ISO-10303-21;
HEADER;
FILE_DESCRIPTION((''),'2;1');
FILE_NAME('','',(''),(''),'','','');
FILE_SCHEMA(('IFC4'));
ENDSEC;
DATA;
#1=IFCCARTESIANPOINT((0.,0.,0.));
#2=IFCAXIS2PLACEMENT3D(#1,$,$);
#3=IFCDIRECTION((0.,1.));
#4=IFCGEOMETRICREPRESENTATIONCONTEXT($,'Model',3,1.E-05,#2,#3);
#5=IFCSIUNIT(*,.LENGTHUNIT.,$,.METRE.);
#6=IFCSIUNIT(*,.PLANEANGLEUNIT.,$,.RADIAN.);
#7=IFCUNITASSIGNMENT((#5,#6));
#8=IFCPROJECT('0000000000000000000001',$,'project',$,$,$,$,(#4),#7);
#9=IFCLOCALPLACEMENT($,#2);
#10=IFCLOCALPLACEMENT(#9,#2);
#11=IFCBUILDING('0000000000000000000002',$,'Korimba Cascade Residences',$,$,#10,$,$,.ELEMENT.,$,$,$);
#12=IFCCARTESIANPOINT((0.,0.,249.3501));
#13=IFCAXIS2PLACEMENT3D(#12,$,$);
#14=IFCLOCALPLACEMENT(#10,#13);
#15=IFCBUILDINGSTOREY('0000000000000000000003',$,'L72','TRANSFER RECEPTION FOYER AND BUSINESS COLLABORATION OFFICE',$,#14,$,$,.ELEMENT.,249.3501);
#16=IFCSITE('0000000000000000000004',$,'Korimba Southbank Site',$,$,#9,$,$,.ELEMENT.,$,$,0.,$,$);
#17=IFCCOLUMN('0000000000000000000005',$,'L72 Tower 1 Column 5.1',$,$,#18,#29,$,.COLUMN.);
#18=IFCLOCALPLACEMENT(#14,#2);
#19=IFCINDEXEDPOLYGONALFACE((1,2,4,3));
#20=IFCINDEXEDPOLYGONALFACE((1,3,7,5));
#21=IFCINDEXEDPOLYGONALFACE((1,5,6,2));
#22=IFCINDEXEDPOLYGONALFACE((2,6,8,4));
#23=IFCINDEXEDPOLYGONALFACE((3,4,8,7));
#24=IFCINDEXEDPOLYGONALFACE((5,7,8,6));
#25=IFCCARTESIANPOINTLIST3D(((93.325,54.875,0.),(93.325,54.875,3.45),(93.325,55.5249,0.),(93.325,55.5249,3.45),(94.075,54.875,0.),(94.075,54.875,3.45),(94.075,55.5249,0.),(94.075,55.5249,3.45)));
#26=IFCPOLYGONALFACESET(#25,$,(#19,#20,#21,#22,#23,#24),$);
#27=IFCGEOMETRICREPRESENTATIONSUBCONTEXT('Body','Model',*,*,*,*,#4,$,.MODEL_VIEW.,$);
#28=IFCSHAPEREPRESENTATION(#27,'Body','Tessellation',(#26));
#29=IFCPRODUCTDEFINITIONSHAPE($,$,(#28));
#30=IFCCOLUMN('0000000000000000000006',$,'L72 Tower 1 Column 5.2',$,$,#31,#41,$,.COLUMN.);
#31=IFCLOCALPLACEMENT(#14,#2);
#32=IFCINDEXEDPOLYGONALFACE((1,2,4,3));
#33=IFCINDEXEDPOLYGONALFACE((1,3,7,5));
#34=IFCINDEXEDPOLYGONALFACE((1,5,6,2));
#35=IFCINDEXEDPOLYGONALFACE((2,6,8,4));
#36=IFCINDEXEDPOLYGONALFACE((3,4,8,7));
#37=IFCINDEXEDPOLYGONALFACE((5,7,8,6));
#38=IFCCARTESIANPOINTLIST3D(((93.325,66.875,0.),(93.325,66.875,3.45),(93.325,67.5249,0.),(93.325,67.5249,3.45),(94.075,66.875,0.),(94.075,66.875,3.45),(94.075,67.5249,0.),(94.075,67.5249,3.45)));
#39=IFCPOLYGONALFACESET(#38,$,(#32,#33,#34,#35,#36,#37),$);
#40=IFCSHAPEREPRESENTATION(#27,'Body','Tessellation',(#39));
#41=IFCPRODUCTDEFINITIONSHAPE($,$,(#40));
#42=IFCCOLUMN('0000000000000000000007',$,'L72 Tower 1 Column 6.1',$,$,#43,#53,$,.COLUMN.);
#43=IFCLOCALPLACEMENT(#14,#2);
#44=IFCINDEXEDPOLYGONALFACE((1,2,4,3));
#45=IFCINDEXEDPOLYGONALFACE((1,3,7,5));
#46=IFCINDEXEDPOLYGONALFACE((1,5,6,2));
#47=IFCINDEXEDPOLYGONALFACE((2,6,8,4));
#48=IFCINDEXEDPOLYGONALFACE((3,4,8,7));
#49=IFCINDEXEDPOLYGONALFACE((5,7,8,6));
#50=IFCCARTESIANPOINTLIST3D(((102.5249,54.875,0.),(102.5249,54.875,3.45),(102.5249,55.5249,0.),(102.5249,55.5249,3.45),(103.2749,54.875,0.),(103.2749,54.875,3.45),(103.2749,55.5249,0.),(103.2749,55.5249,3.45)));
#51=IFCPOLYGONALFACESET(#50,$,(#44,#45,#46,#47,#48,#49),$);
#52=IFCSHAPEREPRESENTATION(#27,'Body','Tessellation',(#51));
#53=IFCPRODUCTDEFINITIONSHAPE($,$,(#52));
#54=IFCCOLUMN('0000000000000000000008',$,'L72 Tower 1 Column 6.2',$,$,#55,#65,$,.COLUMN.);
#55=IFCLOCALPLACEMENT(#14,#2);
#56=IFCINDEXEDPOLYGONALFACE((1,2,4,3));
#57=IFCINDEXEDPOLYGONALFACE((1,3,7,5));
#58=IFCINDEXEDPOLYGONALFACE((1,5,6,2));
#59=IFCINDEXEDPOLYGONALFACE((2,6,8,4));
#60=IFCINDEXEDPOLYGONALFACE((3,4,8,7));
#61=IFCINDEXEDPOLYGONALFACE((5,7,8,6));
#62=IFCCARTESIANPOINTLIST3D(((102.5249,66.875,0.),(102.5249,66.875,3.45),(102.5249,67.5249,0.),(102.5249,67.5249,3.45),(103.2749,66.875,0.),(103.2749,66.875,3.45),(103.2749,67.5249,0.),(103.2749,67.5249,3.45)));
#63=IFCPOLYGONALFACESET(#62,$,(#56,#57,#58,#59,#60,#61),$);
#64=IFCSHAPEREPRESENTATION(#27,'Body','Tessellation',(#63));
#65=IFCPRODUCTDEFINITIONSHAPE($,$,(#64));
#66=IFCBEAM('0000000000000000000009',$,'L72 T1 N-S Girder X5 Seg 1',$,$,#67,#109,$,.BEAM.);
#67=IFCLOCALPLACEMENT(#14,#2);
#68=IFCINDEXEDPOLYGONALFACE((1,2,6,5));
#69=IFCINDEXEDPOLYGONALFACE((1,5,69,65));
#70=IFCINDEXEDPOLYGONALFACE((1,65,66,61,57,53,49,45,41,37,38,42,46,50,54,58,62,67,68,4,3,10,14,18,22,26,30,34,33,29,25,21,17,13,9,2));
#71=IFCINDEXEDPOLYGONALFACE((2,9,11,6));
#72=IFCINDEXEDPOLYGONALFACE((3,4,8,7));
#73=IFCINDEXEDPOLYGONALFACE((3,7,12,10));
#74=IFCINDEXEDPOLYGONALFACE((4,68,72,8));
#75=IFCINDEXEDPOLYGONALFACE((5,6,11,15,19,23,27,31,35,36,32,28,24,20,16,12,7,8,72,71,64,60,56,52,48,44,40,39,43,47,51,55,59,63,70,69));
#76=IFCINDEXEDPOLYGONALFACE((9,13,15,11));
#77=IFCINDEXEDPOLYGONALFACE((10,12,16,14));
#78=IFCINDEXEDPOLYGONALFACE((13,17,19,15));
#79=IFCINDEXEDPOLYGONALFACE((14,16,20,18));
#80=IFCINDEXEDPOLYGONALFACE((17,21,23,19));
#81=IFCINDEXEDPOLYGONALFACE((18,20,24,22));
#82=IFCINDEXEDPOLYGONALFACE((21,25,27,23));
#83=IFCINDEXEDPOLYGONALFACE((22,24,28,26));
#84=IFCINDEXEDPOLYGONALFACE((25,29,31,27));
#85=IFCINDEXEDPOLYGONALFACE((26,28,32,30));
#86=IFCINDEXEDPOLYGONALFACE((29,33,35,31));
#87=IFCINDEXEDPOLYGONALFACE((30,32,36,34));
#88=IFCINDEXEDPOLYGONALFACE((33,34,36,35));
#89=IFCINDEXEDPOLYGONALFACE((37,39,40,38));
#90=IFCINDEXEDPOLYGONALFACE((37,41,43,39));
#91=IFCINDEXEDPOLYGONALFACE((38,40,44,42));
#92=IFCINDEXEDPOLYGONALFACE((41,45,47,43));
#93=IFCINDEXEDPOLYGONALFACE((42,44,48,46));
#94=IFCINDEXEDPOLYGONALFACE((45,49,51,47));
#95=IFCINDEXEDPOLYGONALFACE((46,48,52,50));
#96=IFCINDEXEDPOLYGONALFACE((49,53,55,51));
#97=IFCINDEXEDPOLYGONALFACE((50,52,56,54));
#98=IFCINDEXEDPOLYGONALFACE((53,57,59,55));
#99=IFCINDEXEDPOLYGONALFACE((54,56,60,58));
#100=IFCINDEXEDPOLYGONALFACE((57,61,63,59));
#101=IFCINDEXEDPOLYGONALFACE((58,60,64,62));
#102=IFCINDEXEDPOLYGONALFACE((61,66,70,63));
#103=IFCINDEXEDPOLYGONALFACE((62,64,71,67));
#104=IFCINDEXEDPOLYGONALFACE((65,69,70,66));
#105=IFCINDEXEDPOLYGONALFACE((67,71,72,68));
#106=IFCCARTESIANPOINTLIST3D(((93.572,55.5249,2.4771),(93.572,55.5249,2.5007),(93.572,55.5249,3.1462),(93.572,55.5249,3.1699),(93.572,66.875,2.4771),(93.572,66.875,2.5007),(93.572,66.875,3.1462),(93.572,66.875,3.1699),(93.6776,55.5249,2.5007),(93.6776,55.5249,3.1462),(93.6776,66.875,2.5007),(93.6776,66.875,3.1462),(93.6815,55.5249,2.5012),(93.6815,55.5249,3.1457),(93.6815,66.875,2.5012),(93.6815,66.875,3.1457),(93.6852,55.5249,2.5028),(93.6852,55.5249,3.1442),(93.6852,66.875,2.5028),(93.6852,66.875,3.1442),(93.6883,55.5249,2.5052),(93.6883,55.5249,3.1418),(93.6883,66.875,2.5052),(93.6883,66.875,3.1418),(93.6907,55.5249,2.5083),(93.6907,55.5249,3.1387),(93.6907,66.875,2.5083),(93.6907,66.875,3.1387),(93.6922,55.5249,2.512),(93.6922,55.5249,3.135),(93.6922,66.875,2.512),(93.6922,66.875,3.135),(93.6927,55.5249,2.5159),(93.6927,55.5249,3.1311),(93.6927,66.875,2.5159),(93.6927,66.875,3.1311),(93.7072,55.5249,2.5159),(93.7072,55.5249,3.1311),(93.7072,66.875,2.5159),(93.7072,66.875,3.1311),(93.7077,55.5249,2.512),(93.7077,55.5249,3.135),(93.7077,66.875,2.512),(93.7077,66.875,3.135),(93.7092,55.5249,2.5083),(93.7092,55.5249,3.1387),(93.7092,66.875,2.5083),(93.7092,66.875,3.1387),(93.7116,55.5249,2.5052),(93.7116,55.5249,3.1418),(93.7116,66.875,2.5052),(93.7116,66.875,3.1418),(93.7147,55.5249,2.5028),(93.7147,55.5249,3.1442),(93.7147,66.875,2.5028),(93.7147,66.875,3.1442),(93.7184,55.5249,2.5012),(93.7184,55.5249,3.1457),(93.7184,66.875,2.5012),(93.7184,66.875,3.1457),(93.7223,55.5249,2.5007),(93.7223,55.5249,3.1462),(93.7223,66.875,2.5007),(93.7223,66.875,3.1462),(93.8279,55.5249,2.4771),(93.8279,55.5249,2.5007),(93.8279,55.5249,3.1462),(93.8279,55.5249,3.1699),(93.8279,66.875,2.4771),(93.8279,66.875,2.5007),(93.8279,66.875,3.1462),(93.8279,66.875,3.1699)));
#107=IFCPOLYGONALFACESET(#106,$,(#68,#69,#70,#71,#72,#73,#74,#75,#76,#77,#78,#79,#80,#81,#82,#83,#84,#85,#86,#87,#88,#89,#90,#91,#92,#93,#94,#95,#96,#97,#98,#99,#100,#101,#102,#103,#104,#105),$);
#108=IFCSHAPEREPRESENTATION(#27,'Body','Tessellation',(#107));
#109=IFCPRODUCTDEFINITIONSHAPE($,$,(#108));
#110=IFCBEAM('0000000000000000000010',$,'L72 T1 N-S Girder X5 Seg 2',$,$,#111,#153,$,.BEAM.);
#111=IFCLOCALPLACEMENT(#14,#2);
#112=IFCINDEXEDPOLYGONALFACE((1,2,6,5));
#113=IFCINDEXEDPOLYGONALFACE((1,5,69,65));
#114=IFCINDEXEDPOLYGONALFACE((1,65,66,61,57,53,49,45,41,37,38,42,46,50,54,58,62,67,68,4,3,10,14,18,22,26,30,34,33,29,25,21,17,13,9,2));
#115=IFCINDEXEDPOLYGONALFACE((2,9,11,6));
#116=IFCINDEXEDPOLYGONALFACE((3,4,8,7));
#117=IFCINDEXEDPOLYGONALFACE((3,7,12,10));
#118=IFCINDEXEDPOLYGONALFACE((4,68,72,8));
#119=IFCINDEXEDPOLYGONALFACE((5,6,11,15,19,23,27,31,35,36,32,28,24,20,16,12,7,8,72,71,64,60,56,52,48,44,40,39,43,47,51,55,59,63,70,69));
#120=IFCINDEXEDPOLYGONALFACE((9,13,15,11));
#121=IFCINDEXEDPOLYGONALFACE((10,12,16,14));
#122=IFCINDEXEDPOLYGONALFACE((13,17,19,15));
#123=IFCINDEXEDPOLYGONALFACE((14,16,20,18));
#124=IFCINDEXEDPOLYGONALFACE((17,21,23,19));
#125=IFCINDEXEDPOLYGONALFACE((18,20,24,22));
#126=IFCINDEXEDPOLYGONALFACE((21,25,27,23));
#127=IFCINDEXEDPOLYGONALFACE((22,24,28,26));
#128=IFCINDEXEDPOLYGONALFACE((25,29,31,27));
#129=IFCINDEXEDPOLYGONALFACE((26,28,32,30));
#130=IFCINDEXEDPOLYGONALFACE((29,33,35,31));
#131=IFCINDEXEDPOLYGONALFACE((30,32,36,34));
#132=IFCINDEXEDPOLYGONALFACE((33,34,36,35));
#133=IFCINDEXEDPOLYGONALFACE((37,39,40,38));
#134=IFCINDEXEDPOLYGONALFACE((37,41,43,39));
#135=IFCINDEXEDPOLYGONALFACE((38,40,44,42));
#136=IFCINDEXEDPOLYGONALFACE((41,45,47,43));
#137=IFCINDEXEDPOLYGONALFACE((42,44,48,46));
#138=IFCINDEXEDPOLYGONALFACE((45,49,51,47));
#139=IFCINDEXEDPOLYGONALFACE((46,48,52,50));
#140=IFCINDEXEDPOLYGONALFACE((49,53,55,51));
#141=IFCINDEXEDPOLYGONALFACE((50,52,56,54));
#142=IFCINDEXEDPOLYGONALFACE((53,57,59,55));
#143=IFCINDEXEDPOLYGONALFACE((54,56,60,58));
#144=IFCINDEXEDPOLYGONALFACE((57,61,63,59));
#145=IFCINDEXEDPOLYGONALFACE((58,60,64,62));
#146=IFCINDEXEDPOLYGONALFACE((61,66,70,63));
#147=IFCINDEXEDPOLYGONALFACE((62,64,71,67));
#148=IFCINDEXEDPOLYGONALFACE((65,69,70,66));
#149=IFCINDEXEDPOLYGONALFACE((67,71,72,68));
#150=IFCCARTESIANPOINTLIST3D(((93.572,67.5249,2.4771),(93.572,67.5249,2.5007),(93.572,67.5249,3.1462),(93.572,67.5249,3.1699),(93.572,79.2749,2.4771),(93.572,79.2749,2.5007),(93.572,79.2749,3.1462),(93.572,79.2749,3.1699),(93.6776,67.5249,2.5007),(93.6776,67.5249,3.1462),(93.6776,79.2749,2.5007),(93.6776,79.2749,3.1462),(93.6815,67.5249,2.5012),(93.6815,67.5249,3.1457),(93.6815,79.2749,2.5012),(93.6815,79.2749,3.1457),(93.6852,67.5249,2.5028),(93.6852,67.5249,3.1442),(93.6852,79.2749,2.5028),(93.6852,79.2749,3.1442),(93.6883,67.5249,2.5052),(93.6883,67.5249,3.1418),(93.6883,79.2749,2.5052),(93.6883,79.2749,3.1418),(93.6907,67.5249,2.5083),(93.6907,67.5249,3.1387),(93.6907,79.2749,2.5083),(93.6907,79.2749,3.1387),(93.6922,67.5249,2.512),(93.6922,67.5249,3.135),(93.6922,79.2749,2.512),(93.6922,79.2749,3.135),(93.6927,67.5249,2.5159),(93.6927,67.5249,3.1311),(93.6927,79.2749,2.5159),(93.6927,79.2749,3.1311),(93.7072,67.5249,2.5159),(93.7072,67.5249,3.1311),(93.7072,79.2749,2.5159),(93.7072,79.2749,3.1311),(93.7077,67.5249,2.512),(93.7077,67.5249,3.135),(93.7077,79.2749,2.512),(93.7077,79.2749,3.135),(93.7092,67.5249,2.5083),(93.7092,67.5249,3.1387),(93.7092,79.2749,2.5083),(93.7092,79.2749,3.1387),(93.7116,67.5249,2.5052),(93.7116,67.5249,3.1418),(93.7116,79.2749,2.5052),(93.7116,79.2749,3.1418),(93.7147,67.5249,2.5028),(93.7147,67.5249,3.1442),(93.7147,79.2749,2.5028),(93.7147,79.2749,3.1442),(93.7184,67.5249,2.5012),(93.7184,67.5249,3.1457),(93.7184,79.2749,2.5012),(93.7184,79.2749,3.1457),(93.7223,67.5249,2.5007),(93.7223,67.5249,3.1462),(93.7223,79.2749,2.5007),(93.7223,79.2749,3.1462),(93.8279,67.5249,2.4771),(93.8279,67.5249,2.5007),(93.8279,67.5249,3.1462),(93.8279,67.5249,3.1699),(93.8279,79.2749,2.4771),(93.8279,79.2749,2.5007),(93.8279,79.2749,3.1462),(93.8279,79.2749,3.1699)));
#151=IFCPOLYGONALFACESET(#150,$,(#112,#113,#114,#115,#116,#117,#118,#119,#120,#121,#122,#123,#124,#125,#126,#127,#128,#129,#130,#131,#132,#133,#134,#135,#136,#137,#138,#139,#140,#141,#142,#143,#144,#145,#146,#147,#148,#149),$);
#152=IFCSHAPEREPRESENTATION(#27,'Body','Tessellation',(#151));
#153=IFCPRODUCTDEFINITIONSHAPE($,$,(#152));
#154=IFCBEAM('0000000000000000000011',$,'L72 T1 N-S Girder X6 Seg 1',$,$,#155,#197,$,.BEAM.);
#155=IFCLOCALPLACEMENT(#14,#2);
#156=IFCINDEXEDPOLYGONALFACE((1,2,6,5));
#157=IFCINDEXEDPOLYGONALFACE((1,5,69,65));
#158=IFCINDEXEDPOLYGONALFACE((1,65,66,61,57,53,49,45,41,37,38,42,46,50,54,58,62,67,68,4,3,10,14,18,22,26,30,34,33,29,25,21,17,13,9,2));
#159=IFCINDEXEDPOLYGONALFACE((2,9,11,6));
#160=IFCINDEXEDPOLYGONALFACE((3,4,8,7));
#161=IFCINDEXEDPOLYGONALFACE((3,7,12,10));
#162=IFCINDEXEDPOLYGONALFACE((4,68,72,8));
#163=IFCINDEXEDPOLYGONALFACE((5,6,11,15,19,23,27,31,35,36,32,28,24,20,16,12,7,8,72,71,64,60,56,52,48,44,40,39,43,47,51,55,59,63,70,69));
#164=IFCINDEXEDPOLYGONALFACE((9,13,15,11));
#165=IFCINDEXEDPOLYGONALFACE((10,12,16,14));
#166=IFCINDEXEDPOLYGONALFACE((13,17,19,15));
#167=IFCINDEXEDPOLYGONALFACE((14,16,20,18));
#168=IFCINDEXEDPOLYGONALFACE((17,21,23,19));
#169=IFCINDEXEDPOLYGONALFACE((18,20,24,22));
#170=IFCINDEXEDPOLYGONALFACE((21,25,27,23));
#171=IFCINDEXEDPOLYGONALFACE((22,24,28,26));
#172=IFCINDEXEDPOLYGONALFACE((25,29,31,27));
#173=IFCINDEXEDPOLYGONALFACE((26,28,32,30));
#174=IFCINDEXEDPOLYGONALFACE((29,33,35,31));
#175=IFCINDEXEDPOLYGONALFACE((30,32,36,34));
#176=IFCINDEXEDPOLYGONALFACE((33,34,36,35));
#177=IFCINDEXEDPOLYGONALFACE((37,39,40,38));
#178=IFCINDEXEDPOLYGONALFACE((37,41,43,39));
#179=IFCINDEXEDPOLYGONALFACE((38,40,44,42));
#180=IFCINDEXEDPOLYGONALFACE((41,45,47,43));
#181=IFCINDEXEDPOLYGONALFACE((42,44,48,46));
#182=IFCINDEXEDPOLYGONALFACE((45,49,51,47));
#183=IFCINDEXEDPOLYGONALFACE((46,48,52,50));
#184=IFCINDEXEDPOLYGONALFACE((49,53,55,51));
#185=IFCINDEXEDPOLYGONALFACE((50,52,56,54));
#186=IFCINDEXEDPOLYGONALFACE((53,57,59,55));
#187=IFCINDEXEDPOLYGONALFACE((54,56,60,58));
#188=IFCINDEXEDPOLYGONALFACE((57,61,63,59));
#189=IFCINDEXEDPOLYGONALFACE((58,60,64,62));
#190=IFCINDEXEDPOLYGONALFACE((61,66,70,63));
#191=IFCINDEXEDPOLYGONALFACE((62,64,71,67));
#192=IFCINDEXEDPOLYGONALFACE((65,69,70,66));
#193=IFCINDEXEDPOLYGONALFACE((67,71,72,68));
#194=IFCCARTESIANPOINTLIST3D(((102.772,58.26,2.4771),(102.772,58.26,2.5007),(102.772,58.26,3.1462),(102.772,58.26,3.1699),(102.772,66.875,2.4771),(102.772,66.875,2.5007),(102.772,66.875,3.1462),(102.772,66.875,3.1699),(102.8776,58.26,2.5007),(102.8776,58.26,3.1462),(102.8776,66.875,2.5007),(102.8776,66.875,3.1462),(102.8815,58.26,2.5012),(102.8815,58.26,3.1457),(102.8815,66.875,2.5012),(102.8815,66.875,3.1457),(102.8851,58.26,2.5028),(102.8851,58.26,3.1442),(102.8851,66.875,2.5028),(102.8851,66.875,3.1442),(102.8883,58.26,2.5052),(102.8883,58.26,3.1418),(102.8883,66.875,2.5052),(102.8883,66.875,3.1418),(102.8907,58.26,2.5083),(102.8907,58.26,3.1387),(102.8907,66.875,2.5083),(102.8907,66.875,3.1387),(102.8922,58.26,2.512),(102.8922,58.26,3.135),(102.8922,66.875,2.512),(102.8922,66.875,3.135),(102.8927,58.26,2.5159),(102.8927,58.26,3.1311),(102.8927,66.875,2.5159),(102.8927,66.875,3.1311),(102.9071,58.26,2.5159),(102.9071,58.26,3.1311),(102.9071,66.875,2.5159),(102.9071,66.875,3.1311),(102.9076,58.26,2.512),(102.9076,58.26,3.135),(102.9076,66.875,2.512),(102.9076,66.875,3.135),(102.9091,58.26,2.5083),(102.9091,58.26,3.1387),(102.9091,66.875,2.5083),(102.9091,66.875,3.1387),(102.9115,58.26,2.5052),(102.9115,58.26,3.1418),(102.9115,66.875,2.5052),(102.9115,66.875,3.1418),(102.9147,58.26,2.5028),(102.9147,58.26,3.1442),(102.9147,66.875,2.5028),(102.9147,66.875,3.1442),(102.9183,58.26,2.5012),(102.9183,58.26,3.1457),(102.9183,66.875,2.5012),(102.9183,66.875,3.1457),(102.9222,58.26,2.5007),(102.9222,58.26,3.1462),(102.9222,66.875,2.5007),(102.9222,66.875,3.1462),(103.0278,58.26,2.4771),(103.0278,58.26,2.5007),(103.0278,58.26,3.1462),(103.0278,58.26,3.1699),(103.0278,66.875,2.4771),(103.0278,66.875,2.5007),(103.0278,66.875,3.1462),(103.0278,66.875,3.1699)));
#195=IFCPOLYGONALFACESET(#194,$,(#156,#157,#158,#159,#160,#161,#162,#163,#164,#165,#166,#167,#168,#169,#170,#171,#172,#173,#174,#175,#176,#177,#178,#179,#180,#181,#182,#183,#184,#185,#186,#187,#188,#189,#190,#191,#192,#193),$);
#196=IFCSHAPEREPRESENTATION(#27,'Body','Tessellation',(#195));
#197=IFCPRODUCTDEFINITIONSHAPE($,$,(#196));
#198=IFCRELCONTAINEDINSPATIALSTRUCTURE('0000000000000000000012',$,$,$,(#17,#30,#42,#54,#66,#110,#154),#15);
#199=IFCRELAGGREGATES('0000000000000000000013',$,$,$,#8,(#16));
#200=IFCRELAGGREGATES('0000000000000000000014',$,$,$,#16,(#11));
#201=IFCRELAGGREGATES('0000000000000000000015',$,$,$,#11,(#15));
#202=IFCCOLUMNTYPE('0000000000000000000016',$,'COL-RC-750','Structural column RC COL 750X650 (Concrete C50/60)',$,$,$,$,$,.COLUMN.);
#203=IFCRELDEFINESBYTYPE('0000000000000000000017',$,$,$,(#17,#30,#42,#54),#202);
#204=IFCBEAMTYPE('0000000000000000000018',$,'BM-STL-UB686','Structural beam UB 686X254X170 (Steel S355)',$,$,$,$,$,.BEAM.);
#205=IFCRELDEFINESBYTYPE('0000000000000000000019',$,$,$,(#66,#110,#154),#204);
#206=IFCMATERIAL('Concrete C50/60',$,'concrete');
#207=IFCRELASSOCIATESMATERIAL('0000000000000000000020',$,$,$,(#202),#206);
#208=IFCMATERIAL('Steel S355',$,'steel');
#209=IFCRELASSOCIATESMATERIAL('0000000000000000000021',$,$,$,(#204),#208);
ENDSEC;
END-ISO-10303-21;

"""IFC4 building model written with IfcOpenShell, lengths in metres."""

from ifc_helpers import new_model, si_unit, direction, frame, origin, origin_2d, place, context, subcontext, project, spatial, rectangle, i_section, extrude, material, material_profile, profile_set, type_object, element, save


model = new_model("IFC4")

# Units and contexts
model_context = context("Model", 3, precision=1e-05, world=origin(), true_north=direction((0.0, 1.0)))
body_context = subcontext(model_context, "Body", "Model", "MODEL_VIEW")
ifc_project = project(units=[si_unit("LENGTHUNIT", "METRE"), si_unit("PLANEANGLEUNIT", "RADIAN")], contexts=[model_context])

# Site, building, storey
site_placement = place(None, origin())
site = spatial("IfcSite", under=ifc_project, at=site_placement, Name="Korimba Southbank Site", CompositionType="ELEMENT", RefElevation=0.0)
building_placement = place(site_placement, origin())
building = spatial("IfcBuilding", under=site, at=building_placement, Name="Korimba Cascade Residences", CompositionType="ELEMENT")
storey_placement = place(building_placement, frame((0.0, 0.0, 249.3501)))
storey = spatial("IfcBuildingStorey", under=building, at=storey_placement, Name="L72", Description="TRANSFER RECEPTION FOYER AND BUSINESS COLLABORATION OFFICE", CompositionType="ELEMENT", Elevation=249.3501)

# Columns
ifc_material_1 = material(Name="Concrete C50/60", Category="concrete")
ifc_material_profile_1 = material_profile(ifc_material_1, rectangle(XDim=0.75, YDim=0.6499, at=origin_2d()), Name="Concrete C50/60")
ifc_profile_set_1 = profile_set([ifc_material_profile_1], Name="Concrete C50/60")
column_type = type_object("IfcColumnType", Name="COL-RC-750", Description="Structural column RC COL 750X650 (Concrete C50/60)", PredefinedType="COLUMN", material=ifc_profile_set_1)
for number, where, z_axis, x_axis, name in (
    (1, (93.7, 55.2, 0.0), (0.0, 0.0, 1.0), (1.0, 0.0, 0.0), "L72 Tower 1 Column 5.1"),
    (2, (93.7, 67.2, 0.0), (0.0, 0.0, 1.0), (1.0, 0.0, 0.0), "L72 Tower 1 Column 5.2"),
    (3, (102.8999, 55.2, 0.0), (0.0, 0.0, 1.0), (1.0, 0.0, 0.0), "L72 Tower 1 Column 6.1"),
    (4, (102.8999, 67.2, 0.0), (0.0, 0.0, 1.0), (1.0, 0.0, 0.0), "L72 Tower 1 Column 6.2"),
):
    element("IfcColumn", number, at=place(storey_placement, frame(where, z_axis=z_axis, x_axis=x_axis)), inside=storey, type_object=column_type, Name=name, PredefinedType="COLUMN", context=body_context, shape_type="SweptSolid", body=[
        extrude(rectangle(XDim=0.75, YDim=0.6499, at=origin_2d()), origin(), (0.0, 0.0, 1.0), 3.45),
    ])

# Beams
ifc_material_2 = material(Name="Steel S355", Category="steel")
ifc_material_profile_2 = material_profile(ifc_material_2, i_section(OverallWidth=0.2559, OverallDepth=0.6929, WebThickness=0.0144, FlangeThickness=0.0237, FilletRadius=0.0151, at=origin_2d()), Name="Steel S355")
ifc_profile_set_2 = profile_set([ifc_material_profile_2], Name="Steel S355")
beam_type = type_object("IfcBeamType", Name="BM-STL-UB686", Description="Structural beam UB 686X254X170 (Steel S355)", PredefinedType="BEAM", material=ifc_profile_set_2)
beam_1_placement = place(storey_placement, frame((93.7, 55.5249, 2.8235), z_axis=(0.0, 1.0, 0.0), x_axis=(-1.0, 0.0, 0.0)))
element("IfcBeam", 5, at=beam_1_placement, inside=storey, type_object=beam_type, Name="L72 T1 N-S Girder X5 Seg 1", PredefinedType="BEAM", context=body_context, shape_type="SweptSolid", body=[
    extrude(i_section(OverallWidth=0.2559, OverallDepth=0.6929, WebThickness=0.0144, FlangeThickness=0.0237, FilletRadius=0.0151, at=origin_2d()), origin(), (0.0, 0.0, 1.0), 11.3501),
])
beam_2_placement = place(storey_placement, frame((93.7, 67.5249, 2.8235), z_axis=(0.0, 1.0, 0.0), x_axis=(-1.0, 0.0, 0.0)))
element("IfcBeam", 6, at=beam_2_placement, inside=storey, type_object=beam_type, Name="L72 T1 N-S Girder X5 Seg 2", PredefinedType="BEAM", context=body_context, shape_type="SweptSolid", body=[
    extrude(i_section(OverallWidth=0.2559, OverallDepth=0.6929, WebThickness=0.0144, FlangeThickness=0.0237, FilletRadius=0.0151, at=origin_2d()), origin(), (0.0, 0.0, 1.0), 11.75),
])
beam_3_placement = place(storey_placement, frame((102.8999, 58.26, 2.8235), z_axis=(0.0, 1.0, 0.0), x_axis=(-1.0, 0.0, 0.0)))
element("IfcBeam", 7, at=beam_3_placement, inside=storey, type_object=beam_type, Name="L72 T1 N-S Girder X6 Seg 1", PredefinedType="BEAM", context=body_context, shape_type="SweptSolid", body=[
    extrude(i_section(OverallWidth=0.2559, OverallDepth=0.6929, WebThickness=0.0144, FlangeThickness=0.0237, FilletRadius=0.0151, at=origin_2d()), origin(), (0.0, 0.0, 1.0), 8.615),
])

save(model, "model.ifc")
